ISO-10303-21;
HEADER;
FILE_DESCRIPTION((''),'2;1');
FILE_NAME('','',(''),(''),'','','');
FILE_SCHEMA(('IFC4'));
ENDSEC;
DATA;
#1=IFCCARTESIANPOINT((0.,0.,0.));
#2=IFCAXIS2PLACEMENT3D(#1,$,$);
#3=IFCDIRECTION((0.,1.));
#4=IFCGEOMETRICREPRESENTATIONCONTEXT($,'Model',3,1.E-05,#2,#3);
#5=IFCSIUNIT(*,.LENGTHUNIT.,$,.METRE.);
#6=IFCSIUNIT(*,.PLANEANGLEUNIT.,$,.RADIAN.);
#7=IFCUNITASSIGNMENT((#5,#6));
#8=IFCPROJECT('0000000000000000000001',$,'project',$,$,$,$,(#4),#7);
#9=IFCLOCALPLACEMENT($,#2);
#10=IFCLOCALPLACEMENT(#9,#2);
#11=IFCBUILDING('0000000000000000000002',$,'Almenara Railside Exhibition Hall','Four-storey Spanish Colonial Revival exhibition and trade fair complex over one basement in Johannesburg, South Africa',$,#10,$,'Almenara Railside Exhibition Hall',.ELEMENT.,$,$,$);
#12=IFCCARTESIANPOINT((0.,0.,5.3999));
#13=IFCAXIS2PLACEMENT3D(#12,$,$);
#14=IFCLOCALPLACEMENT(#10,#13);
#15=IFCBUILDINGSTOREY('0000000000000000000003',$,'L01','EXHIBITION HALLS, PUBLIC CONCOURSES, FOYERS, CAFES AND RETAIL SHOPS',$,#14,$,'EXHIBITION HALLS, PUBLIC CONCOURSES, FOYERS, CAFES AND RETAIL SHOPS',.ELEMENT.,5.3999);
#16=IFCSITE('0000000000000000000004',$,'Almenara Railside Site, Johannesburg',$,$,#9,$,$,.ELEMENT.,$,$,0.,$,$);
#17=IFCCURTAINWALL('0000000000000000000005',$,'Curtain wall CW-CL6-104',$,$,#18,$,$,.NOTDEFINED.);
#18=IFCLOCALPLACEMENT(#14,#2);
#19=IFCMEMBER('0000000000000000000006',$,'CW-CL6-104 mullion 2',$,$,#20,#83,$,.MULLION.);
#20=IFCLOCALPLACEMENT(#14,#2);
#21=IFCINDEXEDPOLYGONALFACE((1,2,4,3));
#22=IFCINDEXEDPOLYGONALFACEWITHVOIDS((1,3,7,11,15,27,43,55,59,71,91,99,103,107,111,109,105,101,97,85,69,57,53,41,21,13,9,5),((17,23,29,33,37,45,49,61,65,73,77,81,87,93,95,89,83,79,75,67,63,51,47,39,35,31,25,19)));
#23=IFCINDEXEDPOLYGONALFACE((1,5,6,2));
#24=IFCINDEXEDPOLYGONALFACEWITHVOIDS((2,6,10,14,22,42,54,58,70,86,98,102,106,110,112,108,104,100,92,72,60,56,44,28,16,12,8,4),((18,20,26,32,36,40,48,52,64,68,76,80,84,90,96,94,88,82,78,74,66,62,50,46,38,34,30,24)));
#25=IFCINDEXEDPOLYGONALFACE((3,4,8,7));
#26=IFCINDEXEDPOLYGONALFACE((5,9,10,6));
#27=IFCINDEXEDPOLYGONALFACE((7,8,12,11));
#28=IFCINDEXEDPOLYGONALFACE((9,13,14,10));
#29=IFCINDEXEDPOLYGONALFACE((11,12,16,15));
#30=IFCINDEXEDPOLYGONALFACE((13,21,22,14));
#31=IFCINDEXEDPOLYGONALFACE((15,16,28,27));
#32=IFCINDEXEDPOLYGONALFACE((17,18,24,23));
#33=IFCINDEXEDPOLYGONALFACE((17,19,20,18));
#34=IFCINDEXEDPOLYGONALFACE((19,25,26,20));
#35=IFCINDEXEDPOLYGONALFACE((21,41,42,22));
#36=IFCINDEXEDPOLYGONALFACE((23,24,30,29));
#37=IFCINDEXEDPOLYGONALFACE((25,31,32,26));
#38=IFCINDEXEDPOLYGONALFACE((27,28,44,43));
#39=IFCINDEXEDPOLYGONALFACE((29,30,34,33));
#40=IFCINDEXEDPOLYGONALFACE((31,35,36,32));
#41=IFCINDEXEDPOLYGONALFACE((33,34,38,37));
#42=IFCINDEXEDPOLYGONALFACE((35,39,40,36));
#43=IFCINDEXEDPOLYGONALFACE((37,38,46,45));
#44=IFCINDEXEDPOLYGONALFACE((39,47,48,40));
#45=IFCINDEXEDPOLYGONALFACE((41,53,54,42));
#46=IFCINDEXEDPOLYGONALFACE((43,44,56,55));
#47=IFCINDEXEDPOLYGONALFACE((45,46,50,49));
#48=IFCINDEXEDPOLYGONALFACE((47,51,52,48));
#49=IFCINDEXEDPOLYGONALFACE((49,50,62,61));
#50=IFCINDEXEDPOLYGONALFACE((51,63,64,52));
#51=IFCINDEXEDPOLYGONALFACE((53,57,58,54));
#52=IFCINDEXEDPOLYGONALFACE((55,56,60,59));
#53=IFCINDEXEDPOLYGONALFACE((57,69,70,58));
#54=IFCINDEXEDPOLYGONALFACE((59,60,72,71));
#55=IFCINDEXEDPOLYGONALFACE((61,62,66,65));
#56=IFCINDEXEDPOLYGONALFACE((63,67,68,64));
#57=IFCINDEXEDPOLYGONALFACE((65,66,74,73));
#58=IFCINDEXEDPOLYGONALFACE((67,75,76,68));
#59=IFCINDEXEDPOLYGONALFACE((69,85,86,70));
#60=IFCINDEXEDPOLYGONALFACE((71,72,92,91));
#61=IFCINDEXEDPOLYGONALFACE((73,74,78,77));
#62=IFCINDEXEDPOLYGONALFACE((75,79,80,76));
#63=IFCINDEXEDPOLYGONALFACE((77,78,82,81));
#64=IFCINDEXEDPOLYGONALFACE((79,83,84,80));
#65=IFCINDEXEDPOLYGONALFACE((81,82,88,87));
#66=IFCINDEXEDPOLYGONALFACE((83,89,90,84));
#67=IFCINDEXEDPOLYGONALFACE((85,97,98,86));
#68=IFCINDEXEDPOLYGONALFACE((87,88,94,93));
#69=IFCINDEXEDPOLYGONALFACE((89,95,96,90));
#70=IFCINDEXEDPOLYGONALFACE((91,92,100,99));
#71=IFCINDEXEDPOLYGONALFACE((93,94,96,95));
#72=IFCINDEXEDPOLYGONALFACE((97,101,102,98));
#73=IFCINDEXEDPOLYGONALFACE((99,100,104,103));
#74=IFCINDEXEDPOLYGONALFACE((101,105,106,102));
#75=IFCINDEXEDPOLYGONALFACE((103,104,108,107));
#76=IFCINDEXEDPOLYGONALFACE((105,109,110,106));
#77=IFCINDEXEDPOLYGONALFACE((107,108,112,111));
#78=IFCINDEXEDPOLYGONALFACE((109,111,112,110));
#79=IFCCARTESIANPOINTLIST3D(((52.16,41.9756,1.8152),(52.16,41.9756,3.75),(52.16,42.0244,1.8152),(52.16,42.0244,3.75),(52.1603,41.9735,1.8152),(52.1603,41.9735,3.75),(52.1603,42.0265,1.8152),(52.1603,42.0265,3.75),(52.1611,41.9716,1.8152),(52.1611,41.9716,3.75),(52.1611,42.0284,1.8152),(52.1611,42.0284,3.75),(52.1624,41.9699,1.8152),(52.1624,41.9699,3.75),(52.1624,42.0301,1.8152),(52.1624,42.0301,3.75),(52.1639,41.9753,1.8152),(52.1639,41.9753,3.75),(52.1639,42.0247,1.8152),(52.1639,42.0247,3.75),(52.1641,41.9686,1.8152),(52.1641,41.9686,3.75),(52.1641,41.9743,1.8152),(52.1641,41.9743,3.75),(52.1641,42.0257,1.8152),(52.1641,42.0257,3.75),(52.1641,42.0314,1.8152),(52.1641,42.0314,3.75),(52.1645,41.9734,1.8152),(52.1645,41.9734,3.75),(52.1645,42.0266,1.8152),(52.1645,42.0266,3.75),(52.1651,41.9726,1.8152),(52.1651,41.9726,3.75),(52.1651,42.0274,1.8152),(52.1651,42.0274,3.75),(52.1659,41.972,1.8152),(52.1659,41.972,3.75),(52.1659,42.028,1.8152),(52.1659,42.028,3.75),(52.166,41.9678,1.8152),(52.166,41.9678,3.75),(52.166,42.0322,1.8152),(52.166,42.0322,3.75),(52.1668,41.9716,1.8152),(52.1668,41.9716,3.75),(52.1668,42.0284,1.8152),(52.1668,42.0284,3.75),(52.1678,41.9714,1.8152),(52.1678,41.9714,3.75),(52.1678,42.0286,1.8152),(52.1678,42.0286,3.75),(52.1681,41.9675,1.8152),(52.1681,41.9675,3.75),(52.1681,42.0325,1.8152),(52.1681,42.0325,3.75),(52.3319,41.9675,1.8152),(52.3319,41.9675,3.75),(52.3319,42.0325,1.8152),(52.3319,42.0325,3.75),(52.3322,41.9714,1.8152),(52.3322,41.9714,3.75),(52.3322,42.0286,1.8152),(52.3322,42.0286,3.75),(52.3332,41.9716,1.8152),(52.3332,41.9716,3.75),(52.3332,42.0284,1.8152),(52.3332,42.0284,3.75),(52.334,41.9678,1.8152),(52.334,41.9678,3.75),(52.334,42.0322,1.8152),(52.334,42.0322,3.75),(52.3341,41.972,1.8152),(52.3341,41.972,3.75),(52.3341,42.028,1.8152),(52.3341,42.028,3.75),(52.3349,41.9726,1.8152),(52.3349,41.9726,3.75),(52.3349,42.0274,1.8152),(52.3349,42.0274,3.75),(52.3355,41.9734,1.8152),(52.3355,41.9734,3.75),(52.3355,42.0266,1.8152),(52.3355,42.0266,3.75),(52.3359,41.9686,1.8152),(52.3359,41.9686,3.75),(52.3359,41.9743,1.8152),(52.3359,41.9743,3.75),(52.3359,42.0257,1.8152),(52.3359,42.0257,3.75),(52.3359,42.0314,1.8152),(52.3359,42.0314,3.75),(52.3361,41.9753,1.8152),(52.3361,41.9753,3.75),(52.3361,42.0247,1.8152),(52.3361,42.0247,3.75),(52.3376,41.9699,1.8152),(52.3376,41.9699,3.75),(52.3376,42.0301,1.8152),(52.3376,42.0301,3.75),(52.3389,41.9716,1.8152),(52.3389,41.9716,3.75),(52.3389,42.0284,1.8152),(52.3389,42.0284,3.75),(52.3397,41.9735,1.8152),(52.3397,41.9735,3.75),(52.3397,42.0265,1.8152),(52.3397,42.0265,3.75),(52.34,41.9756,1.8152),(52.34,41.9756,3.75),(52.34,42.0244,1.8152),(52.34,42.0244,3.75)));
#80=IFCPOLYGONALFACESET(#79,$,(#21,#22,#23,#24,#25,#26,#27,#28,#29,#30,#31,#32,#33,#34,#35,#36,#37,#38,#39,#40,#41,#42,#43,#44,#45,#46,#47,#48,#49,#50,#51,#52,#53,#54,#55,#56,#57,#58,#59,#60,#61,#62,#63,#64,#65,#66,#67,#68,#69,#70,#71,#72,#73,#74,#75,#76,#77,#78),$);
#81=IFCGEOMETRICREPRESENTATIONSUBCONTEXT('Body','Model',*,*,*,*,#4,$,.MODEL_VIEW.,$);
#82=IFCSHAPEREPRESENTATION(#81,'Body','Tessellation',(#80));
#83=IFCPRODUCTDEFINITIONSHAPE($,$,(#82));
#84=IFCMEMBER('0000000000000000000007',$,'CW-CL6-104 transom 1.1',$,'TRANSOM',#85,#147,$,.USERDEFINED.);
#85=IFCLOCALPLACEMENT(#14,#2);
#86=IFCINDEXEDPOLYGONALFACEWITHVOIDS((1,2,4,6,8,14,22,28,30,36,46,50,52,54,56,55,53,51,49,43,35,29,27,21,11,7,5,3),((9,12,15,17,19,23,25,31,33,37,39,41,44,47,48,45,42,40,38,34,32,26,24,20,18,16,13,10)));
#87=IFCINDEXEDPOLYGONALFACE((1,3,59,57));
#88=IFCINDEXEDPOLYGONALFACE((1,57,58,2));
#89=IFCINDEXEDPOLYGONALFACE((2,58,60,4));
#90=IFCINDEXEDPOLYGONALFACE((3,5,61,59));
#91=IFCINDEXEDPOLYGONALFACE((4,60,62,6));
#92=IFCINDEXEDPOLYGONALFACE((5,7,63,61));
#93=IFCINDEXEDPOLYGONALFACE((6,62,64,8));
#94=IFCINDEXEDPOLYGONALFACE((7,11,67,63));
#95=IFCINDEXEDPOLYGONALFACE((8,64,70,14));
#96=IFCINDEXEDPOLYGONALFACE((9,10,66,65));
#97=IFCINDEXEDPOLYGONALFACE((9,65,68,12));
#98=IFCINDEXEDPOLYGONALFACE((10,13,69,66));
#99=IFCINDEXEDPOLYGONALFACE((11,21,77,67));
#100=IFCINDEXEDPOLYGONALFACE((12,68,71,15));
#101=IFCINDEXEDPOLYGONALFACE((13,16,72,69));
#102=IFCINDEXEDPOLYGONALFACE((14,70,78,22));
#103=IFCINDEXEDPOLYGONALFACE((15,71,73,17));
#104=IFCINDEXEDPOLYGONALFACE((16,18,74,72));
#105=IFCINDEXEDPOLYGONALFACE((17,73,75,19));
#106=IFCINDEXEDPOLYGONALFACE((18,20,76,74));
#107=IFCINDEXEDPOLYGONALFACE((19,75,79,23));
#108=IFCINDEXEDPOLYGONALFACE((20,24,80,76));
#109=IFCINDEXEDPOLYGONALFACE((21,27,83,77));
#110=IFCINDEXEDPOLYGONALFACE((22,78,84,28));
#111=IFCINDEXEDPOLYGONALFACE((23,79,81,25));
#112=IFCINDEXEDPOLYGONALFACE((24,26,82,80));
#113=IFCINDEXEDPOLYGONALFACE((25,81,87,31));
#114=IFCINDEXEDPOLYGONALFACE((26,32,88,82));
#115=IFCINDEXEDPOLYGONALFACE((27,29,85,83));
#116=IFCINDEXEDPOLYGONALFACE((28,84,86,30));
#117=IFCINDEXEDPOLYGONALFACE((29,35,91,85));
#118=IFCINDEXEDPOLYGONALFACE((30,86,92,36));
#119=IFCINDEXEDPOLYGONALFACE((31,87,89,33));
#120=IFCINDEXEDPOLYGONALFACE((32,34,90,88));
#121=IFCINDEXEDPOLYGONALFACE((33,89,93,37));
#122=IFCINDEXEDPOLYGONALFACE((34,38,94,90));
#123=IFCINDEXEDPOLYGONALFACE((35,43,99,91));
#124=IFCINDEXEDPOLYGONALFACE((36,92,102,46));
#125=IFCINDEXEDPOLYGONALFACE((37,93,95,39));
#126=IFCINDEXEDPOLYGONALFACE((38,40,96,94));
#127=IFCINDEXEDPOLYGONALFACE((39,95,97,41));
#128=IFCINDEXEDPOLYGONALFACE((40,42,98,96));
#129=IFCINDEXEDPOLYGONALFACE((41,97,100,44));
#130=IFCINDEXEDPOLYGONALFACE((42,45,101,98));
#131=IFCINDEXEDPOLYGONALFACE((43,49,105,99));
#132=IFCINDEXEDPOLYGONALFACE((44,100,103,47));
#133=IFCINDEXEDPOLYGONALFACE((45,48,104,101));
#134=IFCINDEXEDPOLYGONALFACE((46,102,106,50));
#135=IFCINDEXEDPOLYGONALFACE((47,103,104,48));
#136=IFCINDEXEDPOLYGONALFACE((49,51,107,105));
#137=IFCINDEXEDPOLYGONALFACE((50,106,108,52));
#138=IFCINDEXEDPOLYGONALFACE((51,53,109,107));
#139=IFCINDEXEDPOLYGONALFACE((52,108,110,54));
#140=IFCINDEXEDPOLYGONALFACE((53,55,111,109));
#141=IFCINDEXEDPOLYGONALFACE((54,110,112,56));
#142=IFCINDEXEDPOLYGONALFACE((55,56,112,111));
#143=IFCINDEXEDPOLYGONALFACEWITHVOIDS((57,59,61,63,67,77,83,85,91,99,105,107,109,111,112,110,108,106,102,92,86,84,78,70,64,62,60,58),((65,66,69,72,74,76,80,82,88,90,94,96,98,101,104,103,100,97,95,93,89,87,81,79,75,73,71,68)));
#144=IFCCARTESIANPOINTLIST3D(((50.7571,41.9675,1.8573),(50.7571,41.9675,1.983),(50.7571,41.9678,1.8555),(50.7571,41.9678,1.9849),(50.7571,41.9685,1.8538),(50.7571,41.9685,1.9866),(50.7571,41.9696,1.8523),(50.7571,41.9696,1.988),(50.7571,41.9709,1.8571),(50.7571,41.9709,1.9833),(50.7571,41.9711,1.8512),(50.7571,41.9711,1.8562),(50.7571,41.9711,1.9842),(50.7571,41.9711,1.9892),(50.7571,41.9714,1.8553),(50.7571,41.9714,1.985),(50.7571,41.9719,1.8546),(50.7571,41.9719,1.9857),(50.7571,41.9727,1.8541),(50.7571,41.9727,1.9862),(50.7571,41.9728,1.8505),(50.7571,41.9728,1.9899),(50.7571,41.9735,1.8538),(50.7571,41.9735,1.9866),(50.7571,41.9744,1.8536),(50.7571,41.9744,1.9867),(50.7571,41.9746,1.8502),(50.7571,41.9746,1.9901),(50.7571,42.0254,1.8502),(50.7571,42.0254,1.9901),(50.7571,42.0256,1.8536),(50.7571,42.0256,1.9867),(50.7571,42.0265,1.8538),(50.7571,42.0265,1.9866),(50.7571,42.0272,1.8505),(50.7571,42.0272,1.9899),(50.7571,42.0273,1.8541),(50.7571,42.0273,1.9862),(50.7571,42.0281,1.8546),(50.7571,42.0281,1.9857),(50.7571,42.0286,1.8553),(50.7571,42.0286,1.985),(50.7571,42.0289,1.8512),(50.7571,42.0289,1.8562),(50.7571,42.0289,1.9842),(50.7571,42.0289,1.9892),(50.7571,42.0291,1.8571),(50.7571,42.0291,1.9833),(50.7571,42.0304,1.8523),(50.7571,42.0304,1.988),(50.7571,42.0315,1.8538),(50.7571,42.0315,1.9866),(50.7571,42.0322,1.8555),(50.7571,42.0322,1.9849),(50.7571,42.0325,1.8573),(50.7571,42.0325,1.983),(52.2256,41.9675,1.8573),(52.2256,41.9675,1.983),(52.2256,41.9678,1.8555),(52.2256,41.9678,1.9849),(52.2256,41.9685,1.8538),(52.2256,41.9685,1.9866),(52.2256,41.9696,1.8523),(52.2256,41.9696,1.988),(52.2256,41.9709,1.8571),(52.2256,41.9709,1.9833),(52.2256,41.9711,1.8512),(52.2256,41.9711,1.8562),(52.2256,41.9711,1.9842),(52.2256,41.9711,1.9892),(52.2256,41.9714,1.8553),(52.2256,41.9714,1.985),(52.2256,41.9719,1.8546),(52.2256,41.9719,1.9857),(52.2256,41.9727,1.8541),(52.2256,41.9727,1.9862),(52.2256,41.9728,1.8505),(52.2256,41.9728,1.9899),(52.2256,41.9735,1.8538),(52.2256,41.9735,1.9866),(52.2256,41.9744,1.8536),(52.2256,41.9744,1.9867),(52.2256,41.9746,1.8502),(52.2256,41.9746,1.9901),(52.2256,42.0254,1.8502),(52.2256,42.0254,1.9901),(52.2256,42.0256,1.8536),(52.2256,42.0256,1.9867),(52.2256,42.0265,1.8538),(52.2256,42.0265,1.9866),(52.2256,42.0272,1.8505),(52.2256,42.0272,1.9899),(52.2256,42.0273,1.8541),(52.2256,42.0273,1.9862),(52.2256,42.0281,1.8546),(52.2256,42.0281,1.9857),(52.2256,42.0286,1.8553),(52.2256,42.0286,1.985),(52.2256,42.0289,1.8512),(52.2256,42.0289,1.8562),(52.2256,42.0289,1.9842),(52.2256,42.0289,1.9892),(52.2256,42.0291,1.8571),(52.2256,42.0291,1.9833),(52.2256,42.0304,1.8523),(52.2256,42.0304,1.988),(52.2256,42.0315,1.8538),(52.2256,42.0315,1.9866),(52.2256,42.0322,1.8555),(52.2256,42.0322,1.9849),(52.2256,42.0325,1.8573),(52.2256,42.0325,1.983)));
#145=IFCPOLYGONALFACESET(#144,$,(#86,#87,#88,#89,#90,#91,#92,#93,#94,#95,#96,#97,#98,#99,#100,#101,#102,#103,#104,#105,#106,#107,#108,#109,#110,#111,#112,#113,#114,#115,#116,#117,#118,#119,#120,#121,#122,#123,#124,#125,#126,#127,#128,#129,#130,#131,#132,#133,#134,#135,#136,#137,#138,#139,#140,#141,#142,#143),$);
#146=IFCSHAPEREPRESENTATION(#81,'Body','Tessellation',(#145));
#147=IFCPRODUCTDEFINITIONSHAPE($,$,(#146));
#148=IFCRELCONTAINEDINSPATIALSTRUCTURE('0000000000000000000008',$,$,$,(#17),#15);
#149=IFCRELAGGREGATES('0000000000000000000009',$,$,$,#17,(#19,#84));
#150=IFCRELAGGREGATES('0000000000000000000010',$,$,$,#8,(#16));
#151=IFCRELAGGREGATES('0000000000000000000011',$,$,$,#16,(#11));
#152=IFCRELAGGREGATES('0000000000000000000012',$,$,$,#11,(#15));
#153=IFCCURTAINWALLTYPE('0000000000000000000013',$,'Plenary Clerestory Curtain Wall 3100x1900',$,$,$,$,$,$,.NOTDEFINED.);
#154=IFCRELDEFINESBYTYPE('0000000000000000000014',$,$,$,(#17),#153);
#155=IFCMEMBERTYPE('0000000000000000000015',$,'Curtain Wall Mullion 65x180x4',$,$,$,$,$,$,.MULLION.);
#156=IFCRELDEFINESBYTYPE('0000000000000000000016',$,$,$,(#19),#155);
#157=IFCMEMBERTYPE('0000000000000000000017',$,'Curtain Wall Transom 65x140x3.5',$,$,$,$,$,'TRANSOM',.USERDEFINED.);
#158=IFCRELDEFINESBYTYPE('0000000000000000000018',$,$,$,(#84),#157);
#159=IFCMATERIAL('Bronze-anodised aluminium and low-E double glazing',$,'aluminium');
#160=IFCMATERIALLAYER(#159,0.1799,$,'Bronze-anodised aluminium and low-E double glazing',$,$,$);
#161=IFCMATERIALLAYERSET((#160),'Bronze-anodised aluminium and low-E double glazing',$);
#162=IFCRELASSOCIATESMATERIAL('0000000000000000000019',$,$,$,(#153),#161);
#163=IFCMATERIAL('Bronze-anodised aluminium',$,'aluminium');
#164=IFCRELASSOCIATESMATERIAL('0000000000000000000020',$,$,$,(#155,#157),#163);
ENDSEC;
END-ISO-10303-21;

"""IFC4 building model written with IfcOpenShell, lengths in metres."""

from ifc_helpers import new_model, si_unit, direction, frame, origin, origin_2d, place, context, subcontext, project, spatial, hollow_rectangle, extrude, material, layer, layer_set, material_profile, profile_set, type_object, element, aggregate, save


model = new_model("IFC4")

# Units and contexts
model_context = context("Model", 3, precision=1e-05, world=origin(), true_north=direction((0.0, 1.0)))
body_context = subcontext(model_context, "Body", "Model", "MODEL_VIEW")
ifc_project = project(units=[si_unit("LENGTHUNIT", "METRE"), si_unit("PLANEANGLEUNIT", "RADIAN")], contexts=[model_context])

# Site, building, storey
site_placement = place(None, origin())
site = spatial("IfcSite", under=ifc_project, at=site_placement, Name="Almenara Railside Site, Johannesburg", CompositionType="ELEMENT", RefElevation=0.0)
building_placement = place(site_placement, origin())
building = spatial("IfcBuilding", under=site, at=building_placement, Name="Almenara Railside Exhibition Hall", Description="Four-storey Spanish Colonial Revival exhibition and trade fair complex over one basement in Johannesburg, South Africa", LongName="Almenara Railside Exhibition Hall", CompositionType="ELEMENT")
storey_placement = place(building_placement, frame((0.0, 0.0, 5.3999)))
storey = spatial("IfcBuildingStorey", under=building, at=storey_placement, Name="L01", Description="EXHIBITION HALLS, PUBLIC CONCOURSES, FOYERS, CAFES AND RETAIL SHOPS", LongName="EXHIBITION HALLS, PUBLIC CONCOURSES, FOYERS, CAFES AND RETAIL SHOPS", CompositionType="ELEMENT", Elevation=5.3999)

# Shared definitions
ifc_material_1 = material(Name="Bronze-anodised aluminium and low-E double glazing", Category="aluminium")
ifc_material_2 = material(Name="Bronze-anodised aluminium", Category="aluminium")

# Curtain wall, members
ifc_layer_1 = layer(ifc_material_1, 0.1799, Name="Bronze-anodised aluminium and low-E double glazing")
ifc_layer_set_1 = layer_set([ifc_layer_1], Name="Bronze-anodised aluminium and low-E double glazing")
curtain_wall_type_1 = type_object("IfcCurtainWallType", Name="Plenary Clerestory Curtain Wall 3100x1900", PredefinedType="NOTDEFINED", material=ifc_layer_set_1)
curtain_wall_1_placement = place(storey_placement, origin())
curtain_wall_1 = element("IfcCurtainWall", 1, at=curtain_wall_1_placement, inside=storey, type_object=curtain_wall_type_1, Name="Curtain wall CW-CL6-104", PredefinedType="NOTDEFINED")
ifc_material_profile_1 = material_profile(ifc_material_2, hollow_rectangle(XDim=0.0649, YDim=0.1799, WallThickness=0.0039, InnerFilletRadius=0.0039, OuterFilletRadius=0.0081, at=origin_2d()), Name="ALU-MUL 65x180x4")
ifc_profile_set_1 = profile_set([ifc_material_profile_1], Name="Bronze-anodised aluminium")
member_type_1 = type_object("IfcMemberType", Name="Curtain Wall Mullion 65x180x4", PredefinedType="MULLION", material=ifc_profile_set_1)
member_1_placement = place(storey_placement, frame((52.25, 42.0, 1.8152), z_axis=(0.0, 0.0, 1.0), x_axis=(0.0, 1.0, 0.0)))
member_1 = element("IfcMember", 2, at=member_1_placement, type_object=member_type_1, Name="CW-CL6-104 mullion 2", PredefinedType="MULLION", context=body_context, shape_type="SweptSolid", body=[
    extrude(hollow_rectangle(XDim=0.0649, YDim=0.1799, WallThickness=0.0039, InnerFilletRadius=0.0039, OuterFilletRadius=0.0081, at=origin_2d()), origin(), (0.0, 0.0, 1.0), 1.9348),
])
ifc_material_profile_2 = material_profile(ifc_material_2, hollow_rectangle(XDim=0.0649, YDim=0.1399, WallThickness=0.0034, InnerFilletRadius=0.0034, OuterFilletRadius=0.0071, at=origin_2d()), Name="ALU-TRN 65x140x3.5")
ifc_profile_set_2 = profile_set([ifc_material_profile_2], Name="Bronze-anodised aluminium")
member_type_2 = type_object("IfcMemberType", Name="Curtain Wall Transom 65x140x3.5", ElementType="TRANSOM", PredefinedType="USERDEFINED", material=ifc_profile_set_2)
member_2_placement = place(storey_placement, frame((50.7571, 42.0, 1.9202), z_axis=(1.0, 0.0, 0.0), x_axis=(0.0, 1.0, 0.0)))
member_2 = element("IfcMember", 3, at=member_2_placement, type_object=member_type_2, Name="CW-CL6-104 transom 1.1", ObjectType="TRANSOM", PredefinedType="USERDEFINED", context=body_context, shape_type="SweptSolid", body=[
    extrude(hollow_rectangle(XDim=0.0649, YDim=0.1399, WallThickness=0.0034, InnerFilletRadius=0.0034, OuterFilletRadius=0.0071, at=origin_2d()), origin(), (0.0, 0.0, 1.0), 1.4685),
])

aggregate(curtain_wall_1, [member_1, member_2])

save(model, "model.ifc")
